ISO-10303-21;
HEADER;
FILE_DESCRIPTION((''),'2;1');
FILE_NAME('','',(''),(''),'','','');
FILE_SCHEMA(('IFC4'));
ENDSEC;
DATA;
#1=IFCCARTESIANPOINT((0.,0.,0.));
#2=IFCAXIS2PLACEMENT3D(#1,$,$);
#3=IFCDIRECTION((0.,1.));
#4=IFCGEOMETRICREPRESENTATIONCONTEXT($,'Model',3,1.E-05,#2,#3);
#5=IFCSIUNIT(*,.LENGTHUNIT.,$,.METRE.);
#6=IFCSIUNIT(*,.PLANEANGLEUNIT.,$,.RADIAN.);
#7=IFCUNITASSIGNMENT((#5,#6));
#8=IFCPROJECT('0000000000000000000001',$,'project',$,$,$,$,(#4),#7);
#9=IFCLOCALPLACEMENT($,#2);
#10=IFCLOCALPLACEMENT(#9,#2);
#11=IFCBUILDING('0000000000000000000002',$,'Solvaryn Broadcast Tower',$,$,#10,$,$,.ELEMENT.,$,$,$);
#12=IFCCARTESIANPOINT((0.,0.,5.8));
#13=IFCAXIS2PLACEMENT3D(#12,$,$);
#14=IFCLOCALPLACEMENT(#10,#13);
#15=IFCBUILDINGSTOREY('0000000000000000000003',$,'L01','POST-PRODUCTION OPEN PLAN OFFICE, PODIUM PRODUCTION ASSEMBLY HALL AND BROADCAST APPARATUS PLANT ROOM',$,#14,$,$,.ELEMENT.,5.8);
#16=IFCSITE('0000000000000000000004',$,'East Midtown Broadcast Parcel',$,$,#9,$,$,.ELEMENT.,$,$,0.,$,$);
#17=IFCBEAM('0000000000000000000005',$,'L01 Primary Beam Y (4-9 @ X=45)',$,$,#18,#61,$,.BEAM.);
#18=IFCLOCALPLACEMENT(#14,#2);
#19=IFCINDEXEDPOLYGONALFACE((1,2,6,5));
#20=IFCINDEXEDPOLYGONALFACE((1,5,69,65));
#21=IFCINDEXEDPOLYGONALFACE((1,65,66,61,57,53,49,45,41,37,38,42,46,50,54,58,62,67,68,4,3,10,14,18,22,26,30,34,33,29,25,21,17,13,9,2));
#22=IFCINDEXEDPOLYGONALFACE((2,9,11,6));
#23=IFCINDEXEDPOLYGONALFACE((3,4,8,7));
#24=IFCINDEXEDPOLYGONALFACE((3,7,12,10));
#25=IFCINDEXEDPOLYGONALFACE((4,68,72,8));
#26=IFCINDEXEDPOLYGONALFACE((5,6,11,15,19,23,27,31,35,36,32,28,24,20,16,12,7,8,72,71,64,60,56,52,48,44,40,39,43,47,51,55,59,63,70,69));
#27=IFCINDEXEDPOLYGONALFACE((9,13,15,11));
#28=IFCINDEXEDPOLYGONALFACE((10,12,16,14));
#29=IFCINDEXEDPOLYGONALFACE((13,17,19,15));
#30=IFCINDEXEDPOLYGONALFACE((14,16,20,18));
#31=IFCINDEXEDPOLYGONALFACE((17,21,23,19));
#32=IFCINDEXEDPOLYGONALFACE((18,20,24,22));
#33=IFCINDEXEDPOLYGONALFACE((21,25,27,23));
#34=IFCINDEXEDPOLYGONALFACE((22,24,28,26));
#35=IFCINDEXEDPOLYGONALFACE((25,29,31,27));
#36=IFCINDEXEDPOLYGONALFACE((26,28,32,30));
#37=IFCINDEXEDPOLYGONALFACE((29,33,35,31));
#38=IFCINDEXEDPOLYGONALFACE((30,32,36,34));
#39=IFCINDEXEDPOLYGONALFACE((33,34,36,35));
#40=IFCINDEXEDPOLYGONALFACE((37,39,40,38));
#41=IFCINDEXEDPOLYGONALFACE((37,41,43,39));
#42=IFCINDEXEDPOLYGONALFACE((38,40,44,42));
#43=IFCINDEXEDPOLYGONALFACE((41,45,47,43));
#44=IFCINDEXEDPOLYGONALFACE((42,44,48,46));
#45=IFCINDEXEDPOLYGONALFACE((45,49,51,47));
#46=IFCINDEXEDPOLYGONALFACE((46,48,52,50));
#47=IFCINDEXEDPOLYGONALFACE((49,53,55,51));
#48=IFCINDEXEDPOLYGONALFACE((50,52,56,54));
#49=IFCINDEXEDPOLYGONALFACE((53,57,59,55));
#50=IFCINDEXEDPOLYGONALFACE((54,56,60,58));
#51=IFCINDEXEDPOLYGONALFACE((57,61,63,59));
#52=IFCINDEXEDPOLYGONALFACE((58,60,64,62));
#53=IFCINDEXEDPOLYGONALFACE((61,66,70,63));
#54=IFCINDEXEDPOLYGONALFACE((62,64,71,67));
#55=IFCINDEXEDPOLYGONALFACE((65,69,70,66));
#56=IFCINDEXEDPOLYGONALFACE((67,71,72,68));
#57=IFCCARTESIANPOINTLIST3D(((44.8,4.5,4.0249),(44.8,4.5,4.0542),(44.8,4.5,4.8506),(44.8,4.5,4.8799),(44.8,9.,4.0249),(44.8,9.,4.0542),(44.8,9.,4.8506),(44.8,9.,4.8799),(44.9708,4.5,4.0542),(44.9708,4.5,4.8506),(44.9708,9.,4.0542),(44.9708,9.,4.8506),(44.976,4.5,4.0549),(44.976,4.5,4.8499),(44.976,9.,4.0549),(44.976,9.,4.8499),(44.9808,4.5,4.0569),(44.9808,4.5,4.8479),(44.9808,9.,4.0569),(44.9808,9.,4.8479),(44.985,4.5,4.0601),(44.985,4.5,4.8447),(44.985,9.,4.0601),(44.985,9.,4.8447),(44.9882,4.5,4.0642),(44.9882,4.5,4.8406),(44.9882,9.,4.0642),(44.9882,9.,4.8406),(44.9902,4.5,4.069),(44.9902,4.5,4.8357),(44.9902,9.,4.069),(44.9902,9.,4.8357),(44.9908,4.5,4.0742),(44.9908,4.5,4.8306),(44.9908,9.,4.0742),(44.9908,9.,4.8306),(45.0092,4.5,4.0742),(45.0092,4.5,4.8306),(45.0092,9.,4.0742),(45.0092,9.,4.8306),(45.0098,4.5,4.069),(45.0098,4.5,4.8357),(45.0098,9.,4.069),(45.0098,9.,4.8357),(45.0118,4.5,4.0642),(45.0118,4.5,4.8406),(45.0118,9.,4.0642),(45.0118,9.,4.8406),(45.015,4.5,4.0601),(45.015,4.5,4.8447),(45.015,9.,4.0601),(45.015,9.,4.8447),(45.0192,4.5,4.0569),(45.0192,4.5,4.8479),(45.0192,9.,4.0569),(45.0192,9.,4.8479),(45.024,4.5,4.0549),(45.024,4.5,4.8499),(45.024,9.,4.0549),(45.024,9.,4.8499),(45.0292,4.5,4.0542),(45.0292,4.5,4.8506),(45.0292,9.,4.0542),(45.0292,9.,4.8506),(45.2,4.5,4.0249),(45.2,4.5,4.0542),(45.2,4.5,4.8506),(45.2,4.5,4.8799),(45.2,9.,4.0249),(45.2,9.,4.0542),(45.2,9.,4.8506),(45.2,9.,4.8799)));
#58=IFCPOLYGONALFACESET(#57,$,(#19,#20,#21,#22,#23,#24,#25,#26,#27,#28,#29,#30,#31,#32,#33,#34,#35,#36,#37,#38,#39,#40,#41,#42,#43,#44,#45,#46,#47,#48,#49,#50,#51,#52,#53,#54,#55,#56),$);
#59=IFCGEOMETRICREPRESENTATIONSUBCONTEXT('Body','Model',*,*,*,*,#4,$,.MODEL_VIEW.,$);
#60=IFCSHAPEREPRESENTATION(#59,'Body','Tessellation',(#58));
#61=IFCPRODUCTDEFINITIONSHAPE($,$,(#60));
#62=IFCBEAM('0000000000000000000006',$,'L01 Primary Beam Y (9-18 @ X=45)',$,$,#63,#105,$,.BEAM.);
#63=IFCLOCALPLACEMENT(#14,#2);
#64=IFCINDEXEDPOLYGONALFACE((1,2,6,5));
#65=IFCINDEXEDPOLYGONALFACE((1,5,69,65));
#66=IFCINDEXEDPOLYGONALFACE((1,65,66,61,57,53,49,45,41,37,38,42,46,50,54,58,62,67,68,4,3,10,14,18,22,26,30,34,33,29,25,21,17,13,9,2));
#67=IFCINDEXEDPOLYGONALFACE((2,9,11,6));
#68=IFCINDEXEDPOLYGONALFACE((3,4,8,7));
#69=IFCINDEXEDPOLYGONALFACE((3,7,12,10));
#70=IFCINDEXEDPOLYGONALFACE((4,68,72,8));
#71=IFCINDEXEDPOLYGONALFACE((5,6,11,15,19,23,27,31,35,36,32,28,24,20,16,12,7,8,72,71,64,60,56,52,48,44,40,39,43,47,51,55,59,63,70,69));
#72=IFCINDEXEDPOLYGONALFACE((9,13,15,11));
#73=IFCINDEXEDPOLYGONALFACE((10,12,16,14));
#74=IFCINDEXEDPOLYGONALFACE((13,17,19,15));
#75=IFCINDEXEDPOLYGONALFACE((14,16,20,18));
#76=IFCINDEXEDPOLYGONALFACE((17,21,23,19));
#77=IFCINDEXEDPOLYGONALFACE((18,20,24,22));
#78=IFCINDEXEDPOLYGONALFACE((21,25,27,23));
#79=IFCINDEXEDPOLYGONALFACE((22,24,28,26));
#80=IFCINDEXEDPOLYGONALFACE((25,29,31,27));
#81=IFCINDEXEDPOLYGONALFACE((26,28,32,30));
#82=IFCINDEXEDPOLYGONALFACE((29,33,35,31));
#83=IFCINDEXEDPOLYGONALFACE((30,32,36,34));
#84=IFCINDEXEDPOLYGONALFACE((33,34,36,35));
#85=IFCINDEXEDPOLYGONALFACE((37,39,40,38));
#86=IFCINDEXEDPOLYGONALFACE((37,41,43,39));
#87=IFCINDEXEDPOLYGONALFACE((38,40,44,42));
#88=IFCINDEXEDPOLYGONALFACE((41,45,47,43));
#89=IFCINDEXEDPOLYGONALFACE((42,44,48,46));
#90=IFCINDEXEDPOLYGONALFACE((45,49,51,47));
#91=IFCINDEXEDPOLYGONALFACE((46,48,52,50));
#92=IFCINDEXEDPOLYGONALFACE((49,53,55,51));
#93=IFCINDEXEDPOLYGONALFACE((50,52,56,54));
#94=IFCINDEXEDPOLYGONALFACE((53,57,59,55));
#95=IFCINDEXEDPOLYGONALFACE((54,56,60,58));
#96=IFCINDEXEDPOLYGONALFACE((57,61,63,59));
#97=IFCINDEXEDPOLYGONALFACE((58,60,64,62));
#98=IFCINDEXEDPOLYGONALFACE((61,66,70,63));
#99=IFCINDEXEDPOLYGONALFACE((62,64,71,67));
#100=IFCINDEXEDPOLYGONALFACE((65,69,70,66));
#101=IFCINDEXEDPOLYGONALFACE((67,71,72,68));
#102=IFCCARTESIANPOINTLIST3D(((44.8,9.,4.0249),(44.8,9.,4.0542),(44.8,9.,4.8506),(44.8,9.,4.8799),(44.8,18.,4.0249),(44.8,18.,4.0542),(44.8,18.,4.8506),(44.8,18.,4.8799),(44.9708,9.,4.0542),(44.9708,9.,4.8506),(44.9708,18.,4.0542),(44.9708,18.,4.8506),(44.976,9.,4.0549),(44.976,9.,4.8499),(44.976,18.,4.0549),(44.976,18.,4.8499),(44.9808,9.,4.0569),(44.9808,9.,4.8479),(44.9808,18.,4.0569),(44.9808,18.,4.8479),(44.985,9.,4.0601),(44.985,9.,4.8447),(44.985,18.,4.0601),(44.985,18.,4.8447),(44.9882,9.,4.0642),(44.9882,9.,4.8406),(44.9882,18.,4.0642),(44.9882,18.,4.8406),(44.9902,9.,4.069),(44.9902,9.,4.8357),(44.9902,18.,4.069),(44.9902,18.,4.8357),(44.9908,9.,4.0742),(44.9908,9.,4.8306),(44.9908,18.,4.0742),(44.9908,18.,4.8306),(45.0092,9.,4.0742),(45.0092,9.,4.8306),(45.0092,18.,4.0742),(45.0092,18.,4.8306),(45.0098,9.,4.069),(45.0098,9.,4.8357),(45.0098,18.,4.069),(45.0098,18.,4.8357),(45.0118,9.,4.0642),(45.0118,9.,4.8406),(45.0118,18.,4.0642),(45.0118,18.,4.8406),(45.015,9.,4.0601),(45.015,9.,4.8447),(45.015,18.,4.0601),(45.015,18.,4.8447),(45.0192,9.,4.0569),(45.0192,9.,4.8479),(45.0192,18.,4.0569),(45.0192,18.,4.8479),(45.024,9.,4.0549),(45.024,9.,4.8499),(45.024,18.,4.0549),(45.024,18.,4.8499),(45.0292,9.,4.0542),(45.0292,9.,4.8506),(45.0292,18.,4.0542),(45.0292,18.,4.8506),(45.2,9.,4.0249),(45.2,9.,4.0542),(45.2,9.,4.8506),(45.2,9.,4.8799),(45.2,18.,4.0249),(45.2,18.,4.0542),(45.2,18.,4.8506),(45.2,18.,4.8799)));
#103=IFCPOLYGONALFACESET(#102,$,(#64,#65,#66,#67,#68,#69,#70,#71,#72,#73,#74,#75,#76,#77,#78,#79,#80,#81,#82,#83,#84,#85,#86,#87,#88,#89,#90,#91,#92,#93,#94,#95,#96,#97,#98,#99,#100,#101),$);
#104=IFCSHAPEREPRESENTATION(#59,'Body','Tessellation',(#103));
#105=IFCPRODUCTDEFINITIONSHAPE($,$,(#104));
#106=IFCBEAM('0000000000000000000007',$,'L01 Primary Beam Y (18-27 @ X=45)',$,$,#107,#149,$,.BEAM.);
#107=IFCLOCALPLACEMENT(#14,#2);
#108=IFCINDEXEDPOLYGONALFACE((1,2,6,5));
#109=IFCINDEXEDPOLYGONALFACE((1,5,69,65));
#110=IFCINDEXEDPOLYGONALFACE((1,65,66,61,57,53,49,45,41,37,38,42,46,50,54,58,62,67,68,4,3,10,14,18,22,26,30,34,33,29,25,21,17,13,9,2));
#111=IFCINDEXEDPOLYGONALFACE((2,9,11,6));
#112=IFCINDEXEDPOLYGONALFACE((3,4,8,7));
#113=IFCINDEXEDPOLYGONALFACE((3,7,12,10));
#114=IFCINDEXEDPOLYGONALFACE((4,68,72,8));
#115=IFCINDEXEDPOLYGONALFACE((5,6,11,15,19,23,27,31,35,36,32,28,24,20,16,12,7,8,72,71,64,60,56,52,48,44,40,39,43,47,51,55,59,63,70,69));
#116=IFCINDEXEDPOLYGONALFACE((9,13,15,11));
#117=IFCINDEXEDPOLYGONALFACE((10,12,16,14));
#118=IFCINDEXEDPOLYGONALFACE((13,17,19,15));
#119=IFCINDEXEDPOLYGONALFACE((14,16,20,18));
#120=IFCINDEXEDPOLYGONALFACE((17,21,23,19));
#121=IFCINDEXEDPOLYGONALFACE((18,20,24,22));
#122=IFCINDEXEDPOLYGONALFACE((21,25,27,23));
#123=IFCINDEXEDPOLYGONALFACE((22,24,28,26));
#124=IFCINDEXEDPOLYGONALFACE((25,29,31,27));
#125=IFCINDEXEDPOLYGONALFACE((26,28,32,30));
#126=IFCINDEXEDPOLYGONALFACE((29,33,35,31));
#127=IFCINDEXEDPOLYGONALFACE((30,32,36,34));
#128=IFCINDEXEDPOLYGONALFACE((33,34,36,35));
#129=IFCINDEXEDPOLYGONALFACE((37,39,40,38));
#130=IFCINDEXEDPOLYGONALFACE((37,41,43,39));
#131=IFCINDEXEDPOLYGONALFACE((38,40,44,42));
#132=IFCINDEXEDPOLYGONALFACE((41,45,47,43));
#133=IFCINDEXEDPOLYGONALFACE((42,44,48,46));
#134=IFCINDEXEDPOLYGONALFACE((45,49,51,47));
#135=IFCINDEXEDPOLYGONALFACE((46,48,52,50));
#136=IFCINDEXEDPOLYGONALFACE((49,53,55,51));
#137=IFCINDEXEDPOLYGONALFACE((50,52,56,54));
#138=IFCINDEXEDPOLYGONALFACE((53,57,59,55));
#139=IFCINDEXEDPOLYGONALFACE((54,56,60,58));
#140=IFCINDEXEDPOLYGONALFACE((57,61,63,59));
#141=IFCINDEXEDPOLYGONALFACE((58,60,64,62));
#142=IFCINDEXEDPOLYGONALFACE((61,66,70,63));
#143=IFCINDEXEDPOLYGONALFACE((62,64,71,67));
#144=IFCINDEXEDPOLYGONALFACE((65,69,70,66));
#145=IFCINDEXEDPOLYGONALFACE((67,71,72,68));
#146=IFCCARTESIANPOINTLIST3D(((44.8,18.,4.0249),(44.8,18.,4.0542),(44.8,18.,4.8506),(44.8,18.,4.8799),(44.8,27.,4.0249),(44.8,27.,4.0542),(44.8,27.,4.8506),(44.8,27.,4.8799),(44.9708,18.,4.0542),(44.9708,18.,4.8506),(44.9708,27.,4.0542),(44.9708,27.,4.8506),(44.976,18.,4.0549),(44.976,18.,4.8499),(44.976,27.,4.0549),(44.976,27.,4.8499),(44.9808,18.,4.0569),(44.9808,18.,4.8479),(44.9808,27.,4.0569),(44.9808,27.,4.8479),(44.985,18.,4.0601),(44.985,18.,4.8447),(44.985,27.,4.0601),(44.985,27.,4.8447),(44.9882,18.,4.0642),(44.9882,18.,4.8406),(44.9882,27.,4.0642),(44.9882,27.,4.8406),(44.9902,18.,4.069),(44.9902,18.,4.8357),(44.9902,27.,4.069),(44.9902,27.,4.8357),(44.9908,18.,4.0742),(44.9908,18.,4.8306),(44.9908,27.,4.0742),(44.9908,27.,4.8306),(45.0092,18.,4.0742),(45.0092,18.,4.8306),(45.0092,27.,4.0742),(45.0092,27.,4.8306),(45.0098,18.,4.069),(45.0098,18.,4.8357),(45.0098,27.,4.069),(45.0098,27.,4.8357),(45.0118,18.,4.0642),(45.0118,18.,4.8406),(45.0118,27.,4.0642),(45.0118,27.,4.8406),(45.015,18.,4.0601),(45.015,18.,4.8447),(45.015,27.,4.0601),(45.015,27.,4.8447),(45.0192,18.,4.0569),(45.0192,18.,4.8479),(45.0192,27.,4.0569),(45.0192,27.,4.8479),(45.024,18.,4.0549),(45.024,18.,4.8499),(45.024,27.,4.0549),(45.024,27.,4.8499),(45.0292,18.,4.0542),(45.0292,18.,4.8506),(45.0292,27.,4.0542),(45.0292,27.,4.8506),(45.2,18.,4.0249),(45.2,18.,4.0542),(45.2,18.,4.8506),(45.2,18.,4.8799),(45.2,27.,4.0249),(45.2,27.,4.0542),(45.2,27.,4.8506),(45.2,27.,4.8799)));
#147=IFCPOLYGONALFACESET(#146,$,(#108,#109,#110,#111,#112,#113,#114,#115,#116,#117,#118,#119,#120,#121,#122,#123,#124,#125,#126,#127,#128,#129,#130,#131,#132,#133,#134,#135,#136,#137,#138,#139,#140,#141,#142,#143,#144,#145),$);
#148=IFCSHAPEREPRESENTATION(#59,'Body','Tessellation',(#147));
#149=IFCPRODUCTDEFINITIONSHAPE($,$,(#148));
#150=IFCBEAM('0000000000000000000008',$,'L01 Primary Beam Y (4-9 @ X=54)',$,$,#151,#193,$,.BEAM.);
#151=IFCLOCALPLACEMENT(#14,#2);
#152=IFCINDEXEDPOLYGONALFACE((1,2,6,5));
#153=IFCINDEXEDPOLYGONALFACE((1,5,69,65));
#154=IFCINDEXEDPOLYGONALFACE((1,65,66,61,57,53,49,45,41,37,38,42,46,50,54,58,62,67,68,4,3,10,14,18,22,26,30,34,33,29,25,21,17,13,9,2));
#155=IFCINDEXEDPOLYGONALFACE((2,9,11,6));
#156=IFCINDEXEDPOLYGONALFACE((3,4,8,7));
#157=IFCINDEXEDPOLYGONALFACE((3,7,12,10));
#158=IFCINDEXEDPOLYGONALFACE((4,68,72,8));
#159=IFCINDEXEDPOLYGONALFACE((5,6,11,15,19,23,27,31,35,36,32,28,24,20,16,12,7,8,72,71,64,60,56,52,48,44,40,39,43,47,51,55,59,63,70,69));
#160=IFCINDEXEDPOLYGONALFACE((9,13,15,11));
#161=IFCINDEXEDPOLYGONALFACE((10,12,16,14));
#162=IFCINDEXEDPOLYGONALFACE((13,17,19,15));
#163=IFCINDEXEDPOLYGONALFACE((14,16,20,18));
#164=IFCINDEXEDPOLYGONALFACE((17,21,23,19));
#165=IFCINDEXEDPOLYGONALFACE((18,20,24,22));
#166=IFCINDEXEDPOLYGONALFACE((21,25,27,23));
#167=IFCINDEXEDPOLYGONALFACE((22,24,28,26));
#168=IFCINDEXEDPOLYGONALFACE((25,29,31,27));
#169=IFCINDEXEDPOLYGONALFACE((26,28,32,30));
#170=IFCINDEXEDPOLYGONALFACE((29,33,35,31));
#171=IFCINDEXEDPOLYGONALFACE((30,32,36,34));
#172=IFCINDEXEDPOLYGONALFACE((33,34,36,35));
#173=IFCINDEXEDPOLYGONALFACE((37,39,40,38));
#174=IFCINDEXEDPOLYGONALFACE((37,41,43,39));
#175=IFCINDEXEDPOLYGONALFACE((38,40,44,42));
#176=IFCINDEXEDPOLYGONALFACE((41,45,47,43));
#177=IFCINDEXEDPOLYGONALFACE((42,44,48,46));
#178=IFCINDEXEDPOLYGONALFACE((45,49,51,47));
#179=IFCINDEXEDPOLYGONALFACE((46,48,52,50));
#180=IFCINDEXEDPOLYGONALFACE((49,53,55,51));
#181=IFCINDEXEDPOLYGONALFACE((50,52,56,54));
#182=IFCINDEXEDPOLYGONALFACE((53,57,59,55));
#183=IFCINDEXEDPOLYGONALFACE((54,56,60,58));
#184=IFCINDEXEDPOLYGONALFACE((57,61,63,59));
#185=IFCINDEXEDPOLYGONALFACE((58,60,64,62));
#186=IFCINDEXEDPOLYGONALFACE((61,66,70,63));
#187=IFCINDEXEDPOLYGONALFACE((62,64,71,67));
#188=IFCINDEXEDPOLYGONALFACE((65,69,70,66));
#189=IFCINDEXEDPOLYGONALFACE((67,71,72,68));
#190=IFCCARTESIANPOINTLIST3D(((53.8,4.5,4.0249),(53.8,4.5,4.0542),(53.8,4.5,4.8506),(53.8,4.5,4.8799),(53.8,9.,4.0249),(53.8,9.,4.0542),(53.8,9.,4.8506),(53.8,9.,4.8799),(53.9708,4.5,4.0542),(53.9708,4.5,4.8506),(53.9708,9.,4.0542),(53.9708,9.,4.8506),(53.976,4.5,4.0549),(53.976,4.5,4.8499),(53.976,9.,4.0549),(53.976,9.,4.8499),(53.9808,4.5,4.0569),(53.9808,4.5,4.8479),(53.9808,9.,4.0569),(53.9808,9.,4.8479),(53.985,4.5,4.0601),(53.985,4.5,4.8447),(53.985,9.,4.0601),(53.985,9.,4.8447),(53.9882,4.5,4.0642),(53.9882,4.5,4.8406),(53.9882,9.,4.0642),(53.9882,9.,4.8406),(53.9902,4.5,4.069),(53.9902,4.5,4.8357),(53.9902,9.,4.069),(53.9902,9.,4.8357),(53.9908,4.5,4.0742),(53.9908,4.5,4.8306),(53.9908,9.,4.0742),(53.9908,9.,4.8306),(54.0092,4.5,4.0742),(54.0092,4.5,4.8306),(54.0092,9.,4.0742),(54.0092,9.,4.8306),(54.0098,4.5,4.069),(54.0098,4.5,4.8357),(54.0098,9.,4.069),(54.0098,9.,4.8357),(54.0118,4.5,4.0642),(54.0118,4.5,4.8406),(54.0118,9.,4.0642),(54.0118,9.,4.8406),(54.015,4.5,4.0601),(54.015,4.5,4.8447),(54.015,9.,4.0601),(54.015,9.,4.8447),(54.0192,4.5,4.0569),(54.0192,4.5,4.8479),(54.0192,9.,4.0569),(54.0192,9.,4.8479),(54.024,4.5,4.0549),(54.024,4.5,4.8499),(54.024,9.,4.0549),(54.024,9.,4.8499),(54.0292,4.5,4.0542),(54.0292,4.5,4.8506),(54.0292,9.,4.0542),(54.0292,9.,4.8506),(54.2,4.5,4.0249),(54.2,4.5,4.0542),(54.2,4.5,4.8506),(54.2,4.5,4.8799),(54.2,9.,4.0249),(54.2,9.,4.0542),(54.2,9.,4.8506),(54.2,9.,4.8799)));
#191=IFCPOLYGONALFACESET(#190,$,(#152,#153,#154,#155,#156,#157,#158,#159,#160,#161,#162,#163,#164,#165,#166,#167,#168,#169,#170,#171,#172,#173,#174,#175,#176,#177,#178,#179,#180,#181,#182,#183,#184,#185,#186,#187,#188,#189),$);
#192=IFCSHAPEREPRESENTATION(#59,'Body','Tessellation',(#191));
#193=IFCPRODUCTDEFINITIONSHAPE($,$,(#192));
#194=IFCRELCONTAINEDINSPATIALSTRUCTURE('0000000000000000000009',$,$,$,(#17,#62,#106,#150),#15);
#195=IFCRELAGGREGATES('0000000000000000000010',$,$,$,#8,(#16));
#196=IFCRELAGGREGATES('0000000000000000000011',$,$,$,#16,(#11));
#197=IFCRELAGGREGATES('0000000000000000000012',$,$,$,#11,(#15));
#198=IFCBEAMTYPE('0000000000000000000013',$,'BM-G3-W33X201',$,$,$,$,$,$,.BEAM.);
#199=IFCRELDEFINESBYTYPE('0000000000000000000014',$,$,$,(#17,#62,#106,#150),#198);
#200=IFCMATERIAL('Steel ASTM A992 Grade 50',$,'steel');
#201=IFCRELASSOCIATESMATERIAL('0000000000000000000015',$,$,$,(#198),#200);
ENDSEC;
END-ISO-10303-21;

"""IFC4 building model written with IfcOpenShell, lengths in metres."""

from ifc_helpers import new_model, si_unit, direction, frame, origin, origin_2d, place, context, subcontext, project, spatial, i_section, extrude, material, material_profile, profile_set, type_object, element, save


model = new_model("IFC4")

# Units and contexts
model_context = context("Model", 3, precision=1e-05, world=origin(), true_north=direction((0.0, 1.0)))
body_context = subcontext(model_context, "Body", "Model", "MODEL_VIEW")
ifc_project = project(units=[si_unit("LENGTHUNIT", "METRE"), si_unit("PLANEANGLEUNIT", "RADIAN")], contexts=[model_context])

# Site, building, storey
site_placement = place(None, origin())
site = spatial("IfcSite", under=ifc_project, at=site_placement, Name="East Midtown Broadcast Parcel", CompositionType="ELEMENT", RefElevation=0.0)
building_placement = place(site_placement, origin())
building = spatial("IfcBuilding", under=site, at=building_placement, Name="Solvaryn Broadcast Tower", CompositionType="ELEMENT")
storey_placement = place(building_placement, frame((0.0, 0.0, 5.8)))
storey = spatial("IfcBuildingStorey", under=building, at=storey_placement, Name="L01", Description="POST-PRODUCTION OPEN PLAN OFFICE, PODIUM PRODUCTION ASSEMBLY HALL AND BROADCAST APPARATUS PLANT ROOM", CompositionType="ELEMENT", Elevation=5.8)

# Beams
ifc_material_1 = material(Name="Steel ASTM A992 Grade 50", Category="steel")
ifc_material_profile_1 = material_profile(ifc_material_1, i_section(OverallWidth=0.3999, OverallDepth=0.855, WebThickness=0.0183, FlangeThickness=0.0293, FilletRadius=0.02, at=origin_2d()))
ifc_profile_set_1 = profile_set([ifc_material_profile_1], Name="Steel ASTM A992 Grade 50")
beam_type_1 = type_object("IfcBeamType", Name="BM-G3-W33X201", PredefinedType="BEAM", material=ifc_profile_set_1)
beam_1_placement = place(storey_placement, frame((45.0, 4.5, 4.4524), z_axis=(0.0, 1.0, 0.0), x_axis=(-1.0, 0.0, 0.0)))
element("IfcBeam", 1, at=beam_1_placement, inside=storey, type_object=beam_type_1, Name="L01 Primary Beam Y (4-9 @ X=45)", PredefinedType="BEAM", context=body_context, shape_type="SweptSolid", body=[
    extrude(i_section(OverallWidth=0.3999, OverallDepth=0.855, WebThickness=0.0183, FlangeThickness=0.0293, FilletRadius=0.02, at=origin_2d()), origin(), (0.0, 0.0, 1.0), 4.5),
])
for number, where, z_axis, x_axis, name in (
    (2, (45.0, 9.0, 4.4524), (0.0, 1.0, 0.0), (-1.0, 0.0, 0.0), "L01 Primary Beam Y (9-18 @ X=45)"),
    (3, (45.0, 18.0, 4.4524), (0.0, 1.0, 0.0), (-1.0, 0.0, 0.0), "L01 Primary Beam Y (18-27 @ X=45)"),
):
    element("IfcBeam", number, at=place(storey_placement, frame(where, z_axis=z_axis, x_axis=x_axis)), inside=storey, type_object=beam_type_1, Name=name, PredefinedType="BEAM", context=body_context, shape_type="SweptSolid", body=[
        extrude(i_section(OverallWidth=0.3999, OverallDepth=0.855, WebThickness=0.0183, FlangeThickness=0.0293, FilletRadius=0.02, at=origin_2d()), origin(), (0.0, 0.0, 1.0), 9.0),
    ])
beam_2_placement = place(storey_placement, frame((54.0, 4.5, 4.4524), z_axis=(0.0, 1.0, 0.0), x_axis=(-1.0, 0.0, 0.0)))
element("IfcBeam", 4, at=beam_2_placement, inside=storey, type_object=beam_type_1, Name="L01 Primary Beam Y (4-9 @ X=54)", PredefinedType="BEAM", context=body_context, shape_type="SweptSolid", body=[
    extrude(i_section(OverallWidth=0.3999, OverallDepth=0.855, WebThickness=0.0183, FlangeThickness=0.0293, FilletRadius=0.02, at=origin_2d()), origin(), (0.0, 0.0, 1.0), 4.5),
])

save(model, "model.ifc")
